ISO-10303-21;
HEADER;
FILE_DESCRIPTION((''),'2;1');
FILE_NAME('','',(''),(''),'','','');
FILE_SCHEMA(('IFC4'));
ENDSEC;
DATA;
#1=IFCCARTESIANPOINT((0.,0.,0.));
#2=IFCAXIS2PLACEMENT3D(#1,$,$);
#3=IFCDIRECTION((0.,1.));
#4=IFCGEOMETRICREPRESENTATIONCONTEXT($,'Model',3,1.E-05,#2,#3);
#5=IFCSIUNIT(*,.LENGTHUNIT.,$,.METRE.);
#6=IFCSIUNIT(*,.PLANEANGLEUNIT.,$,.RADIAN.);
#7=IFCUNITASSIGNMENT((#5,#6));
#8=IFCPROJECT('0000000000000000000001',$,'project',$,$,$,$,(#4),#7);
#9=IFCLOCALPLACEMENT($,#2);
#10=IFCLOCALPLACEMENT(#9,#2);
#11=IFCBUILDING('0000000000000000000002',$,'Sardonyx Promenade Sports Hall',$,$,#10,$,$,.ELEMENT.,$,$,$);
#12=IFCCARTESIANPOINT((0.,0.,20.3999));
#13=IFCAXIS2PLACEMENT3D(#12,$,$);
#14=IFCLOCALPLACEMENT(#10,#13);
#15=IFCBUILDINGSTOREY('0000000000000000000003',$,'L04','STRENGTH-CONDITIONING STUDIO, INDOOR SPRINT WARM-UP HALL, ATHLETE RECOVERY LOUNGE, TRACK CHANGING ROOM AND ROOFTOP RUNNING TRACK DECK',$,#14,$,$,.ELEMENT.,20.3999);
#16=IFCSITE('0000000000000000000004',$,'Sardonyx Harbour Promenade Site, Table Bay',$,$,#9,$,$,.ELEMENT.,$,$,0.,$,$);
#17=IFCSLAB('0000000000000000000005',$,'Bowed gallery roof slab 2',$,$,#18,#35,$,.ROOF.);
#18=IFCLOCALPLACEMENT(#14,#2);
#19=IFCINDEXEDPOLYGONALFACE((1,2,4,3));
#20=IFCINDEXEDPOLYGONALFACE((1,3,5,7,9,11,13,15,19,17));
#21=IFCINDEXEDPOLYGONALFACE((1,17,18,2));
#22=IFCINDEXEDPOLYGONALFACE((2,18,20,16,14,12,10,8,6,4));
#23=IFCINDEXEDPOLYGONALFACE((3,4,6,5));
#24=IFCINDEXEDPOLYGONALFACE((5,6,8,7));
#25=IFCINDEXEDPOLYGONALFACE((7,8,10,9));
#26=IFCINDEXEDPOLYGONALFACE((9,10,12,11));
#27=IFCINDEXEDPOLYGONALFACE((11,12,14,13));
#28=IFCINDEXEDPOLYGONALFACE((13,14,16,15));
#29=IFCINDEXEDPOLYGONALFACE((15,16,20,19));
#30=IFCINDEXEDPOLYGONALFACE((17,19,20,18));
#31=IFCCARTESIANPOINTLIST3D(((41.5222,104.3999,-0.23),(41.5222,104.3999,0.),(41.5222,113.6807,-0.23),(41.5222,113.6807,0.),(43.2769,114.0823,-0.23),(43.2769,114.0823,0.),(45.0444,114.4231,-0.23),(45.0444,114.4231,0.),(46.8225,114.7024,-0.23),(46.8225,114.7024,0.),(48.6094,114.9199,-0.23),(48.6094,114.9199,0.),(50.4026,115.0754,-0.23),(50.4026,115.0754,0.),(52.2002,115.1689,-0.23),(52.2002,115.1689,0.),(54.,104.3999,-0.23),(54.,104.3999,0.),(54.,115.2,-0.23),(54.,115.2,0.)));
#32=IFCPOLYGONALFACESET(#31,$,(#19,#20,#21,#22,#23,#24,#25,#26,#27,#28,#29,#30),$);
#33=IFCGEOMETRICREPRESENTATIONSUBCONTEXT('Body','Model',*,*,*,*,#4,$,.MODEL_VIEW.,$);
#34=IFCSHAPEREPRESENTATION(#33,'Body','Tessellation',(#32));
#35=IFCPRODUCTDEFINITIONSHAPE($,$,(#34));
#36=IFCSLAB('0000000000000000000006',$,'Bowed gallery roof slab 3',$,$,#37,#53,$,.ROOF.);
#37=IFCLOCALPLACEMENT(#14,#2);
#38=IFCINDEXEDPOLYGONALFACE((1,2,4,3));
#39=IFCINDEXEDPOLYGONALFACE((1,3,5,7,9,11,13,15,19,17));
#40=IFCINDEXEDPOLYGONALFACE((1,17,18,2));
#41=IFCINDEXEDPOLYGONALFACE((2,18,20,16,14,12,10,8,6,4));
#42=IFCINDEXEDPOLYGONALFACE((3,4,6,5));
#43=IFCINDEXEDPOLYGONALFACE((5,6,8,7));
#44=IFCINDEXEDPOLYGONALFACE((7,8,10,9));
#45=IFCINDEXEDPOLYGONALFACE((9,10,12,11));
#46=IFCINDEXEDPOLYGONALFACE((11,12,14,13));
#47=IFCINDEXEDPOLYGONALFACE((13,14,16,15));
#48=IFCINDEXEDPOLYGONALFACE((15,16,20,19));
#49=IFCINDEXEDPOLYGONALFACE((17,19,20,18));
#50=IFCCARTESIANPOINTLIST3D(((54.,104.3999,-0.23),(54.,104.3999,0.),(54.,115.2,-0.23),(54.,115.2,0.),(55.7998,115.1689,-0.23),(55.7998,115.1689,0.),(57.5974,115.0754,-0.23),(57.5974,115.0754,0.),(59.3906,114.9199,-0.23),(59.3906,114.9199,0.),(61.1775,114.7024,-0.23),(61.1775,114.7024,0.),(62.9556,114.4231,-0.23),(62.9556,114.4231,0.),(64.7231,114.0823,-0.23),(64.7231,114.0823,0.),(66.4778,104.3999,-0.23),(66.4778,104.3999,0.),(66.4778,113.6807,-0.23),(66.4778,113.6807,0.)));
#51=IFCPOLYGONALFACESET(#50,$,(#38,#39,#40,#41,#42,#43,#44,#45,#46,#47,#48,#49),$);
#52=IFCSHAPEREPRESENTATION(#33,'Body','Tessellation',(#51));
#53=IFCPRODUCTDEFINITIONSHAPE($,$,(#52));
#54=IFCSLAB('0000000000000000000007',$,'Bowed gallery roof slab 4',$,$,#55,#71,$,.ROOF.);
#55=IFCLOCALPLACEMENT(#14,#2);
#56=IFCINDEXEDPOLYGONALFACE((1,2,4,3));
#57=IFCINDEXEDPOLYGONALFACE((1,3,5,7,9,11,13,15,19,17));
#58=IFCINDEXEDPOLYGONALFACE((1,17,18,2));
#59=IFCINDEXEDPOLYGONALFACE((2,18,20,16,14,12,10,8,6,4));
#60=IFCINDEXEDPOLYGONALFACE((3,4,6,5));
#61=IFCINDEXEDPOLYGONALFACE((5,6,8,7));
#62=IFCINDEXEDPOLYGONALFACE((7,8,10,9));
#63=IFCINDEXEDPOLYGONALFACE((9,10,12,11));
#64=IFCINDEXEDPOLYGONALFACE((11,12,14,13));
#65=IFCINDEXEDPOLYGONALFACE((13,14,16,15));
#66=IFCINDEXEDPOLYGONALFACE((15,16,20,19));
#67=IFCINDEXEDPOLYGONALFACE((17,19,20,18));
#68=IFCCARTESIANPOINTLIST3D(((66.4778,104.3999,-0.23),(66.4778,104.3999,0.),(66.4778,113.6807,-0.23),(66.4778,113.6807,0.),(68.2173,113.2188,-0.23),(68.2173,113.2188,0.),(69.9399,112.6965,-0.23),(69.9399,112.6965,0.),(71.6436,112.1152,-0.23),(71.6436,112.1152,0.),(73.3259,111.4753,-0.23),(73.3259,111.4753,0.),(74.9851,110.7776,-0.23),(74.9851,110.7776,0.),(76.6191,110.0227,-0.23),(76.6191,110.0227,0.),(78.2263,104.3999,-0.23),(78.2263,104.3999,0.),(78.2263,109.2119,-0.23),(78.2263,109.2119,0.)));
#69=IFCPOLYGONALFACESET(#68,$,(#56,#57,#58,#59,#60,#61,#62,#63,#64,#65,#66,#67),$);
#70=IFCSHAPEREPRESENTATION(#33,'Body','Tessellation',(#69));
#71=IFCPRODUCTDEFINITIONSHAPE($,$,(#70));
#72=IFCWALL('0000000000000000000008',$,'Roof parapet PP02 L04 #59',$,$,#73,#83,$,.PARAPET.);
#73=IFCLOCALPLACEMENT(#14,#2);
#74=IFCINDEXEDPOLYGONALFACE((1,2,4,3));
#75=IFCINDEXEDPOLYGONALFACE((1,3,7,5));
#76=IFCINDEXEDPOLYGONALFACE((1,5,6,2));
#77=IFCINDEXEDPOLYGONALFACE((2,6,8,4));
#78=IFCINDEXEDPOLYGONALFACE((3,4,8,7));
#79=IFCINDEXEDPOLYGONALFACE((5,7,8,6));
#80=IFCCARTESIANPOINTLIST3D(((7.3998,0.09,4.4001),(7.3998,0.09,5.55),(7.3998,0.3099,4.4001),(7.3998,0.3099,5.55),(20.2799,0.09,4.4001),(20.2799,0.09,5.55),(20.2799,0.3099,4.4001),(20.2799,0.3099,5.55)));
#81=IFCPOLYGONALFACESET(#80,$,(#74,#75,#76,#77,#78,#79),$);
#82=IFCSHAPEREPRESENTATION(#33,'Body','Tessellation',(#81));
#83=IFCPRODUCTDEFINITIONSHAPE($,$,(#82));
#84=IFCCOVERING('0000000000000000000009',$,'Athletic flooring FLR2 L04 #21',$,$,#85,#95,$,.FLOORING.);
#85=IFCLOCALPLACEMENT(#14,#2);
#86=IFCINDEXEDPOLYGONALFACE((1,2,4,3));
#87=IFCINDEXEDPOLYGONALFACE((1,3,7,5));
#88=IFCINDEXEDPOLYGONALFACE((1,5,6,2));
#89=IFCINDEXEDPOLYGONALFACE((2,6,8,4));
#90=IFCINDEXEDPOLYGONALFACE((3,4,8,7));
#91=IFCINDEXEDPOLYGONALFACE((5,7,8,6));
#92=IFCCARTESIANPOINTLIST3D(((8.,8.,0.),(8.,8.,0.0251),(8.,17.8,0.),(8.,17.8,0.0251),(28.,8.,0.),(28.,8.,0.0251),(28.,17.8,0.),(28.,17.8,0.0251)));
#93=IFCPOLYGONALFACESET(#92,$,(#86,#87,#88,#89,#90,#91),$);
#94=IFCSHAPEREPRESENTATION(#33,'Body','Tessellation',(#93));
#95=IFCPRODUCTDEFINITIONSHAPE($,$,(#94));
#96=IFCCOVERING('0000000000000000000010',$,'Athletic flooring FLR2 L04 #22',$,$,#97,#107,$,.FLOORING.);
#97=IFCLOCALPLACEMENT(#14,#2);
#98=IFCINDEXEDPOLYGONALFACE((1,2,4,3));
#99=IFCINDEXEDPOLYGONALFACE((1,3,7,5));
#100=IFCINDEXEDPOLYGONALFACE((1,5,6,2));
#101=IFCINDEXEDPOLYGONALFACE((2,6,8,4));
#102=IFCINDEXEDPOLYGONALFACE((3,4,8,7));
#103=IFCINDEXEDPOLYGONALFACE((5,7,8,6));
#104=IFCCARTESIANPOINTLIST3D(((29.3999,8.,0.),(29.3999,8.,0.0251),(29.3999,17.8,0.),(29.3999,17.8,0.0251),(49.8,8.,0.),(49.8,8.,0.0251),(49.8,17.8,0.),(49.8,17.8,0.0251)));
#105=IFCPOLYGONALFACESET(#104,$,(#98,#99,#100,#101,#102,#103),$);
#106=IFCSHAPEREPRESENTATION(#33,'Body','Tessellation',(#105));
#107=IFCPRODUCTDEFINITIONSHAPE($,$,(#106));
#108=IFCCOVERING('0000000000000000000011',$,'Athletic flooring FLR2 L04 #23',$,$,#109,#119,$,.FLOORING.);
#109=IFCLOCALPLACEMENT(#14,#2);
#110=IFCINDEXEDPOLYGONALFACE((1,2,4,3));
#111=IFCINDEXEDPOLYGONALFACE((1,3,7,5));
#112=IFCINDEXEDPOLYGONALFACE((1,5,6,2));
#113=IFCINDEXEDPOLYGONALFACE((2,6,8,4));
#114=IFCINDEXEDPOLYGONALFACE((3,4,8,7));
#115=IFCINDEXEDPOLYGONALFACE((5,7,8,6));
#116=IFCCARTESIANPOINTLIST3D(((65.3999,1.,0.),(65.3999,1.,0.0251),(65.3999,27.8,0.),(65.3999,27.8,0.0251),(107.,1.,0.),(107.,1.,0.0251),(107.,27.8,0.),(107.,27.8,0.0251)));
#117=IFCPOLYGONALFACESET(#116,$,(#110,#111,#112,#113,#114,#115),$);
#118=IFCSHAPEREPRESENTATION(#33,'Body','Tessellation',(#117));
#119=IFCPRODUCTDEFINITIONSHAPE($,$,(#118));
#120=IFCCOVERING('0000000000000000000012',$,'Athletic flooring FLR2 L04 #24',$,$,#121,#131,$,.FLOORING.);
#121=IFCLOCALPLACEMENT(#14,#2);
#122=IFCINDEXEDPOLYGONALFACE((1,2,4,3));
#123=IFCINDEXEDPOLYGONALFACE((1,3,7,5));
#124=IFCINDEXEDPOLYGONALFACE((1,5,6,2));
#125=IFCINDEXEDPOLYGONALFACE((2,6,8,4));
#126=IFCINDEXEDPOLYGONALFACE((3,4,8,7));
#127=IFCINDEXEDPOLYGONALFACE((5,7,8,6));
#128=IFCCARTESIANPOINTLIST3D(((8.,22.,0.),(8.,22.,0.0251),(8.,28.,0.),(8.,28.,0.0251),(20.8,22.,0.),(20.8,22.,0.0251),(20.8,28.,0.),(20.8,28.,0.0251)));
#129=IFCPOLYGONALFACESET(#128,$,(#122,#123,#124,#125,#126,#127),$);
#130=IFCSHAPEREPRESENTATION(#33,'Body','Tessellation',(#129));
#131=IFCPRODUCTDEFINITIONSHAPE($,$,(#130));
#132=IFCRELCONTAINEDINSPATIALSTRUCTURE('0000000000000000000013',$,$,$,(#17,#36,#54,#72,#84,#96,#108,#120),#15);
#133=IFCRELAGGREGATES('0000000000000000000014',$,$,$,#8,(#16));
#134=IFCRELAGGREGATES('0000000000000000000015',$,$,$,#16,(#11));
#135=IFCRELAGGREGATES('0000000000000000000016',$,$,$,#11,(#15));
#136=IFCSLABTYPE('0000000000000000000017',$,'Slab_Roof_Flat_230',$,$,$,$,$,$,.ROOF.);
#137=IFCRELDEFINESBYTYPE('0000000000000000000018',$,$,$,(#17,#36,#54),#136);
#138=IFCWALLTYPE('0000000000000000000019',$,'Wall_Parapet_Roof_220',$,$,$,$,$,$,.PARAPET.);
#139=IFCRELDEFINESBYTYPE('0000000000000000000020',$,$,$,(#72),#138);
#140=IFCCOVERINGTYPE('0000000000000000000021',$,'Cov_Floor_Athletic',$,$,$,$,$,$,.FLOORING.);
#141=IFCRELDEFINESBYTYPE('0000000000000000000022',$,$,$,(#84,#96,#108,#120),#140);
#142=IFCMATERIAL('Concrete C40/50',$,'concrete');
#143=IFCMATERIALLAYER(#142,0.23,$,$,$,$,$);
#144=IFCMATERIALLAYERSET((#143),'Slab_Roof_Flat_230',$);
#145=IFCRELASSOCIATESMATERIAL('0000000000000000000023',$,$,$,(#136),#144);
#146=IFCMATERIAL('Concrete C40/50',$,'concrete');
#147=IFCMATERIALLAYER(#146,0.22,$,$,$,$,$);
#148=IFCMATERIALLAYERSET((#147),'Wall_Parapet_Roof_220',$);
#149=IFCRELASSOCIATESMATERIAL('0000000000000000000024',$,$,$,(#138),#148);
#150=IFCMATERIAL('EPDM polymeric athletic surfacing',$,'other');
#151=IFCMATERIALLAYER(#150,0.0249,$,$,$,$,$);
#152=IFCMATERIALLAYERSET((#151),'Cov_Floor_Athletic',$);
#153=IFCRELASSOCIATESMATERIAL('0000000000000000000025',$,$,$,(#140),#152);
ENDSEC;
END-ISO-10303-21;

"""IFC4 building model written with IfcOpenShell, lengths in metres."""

from ifc_helpers import new_model, si_unit, direction, frame, frame_2d, origin, place, context, subcontext, project, spatial, polyline, rectangle, outline, extrude, material, layer, layer_set, type_object, element, save


model = new_model("IFC4")

# Units and contexts
model_context = context("Model", 3, precision=1e-05, world=origin(), true_north=direction((0.0, 1.0)))
body_context = subcontext(model_context, "Body", "Model", "MODEL_VIEW")
ifc_project = project(units=[si_unit("LENGTHUNIT", "METRE"), si_unit("PLANEANGLEUNIT", "RADIAN")], contexts=[model_context])

# Site, building, storey
site_placement = place(None, origin())
site = spatial("IfcSite", under=ifc_project, at=site_placement, Name="Sardonyx Harbour Promenade Site, Table Bay", CompositionType="ELEMENT", RefElevation=0.0)
building_placement = place(site_placement, origin())
building = spatial("IfcBuilding", under=site, at=building_placement, Name="Sardonyx Promenade Sports Hall", CompositionType="ELEMENT")
storey_placement = place(building_placement, frame((0.0, 0.0, 20.3999)))
storey = spatial("IfcBuildingStorey", under=building, at=storey_placement, Name="L04", Description="STRENGTH-CONDITIONING STUDIO, INDOOR SPRINT WARM-UP HALL, ATHLETE RECOVERY LOUNGE, TRACK CHANGING ROOM AND ROOFTOP RUNNING TRACK DECK", CompositionType="ELEMENT", Elevation=20.3999)

# Shared definitions
ifc_material_1 = material(Name="Concrete C40/50", Category="concrete")
ifc_layer_1 = layer(ifc_material_1, 0.23)
ifc_layer_set_1 = layer_set([ifc_layer_1], Name="Slab_Roof_Flat_230")
slab_type = type_object("IfcSlabType", Name="Slab_Roof_Flat_230", PredefinedType="ROOF", material=ifc_layer_set_1)

# Slabs
slab_1_placement = place(storey_placement, frame((0.0, 0.0, -0.23)))
element("IfcSlab", 1, at=slab_1_placement, inside=storey, type_object=slab_type, Name="Bowed gallery roof slab 2", PredefinedType="ROOF", context=body_context, shape_type="SweptSolid", body=[
    extrude(outline(polyline([(41.5222, 104.3999), (54.0, 104.3999), (54.0, 115.2), (52.2002, 115.1689), (50.4026, 115.0754), (48.6094, 114.9199), (46.8225, 114.7024), (45.0444, 114.4231), (43.2769, 114.0823), (41.5222, 113.6807), (41.5222, 104.3999)])), origin(), (0.0, 0.0, 1.0), 0.23),
])
slab_2_placement = place(storey_placement, frame((0.0, 0.0, -0.23)))
element("IfcSlab", 2, at=slab_2_placement, inside=storey, type_object=slab_type, Name="Bowed gallery roof slab 3", PredefinedType="ROOF", context=body_context, shape_type="SweptSolid", body=[
    extrude(outline(polyline([(54.0, 104.3999), (66.4778, 104.3999), (66.4778, 113.6807), (64.7231, 114.0823), (62.9556, 114.4231), (61.1775, 114.7024), (59.3906, 114.9199), (57.5974, 115.0754), (55.7998, 115.1689), (54.0, 115.2), (54.0, 104.3999)])), origin(), (0.0, 0.0, 1.0), 0.23),
])
slab_3_placement = place(storey_placement, frame((0.0, 0.0, -0.23)))
element("IfcSlab", 3, at=slab_3_placement, inside=storey, type_object=slab_type, Name="Bowed gallery roof slab 4", PredefinedType="ROOF", context=body_context, shape_type="SweptSolid", body=[
    extrude(outline(polyline([(66.4778, 104.3999), (78.2263, 104.3999), (78.2263, 109.2119), (76.6191, 110.0227), (74.9851, 110.7776), (73.3259, 111.4753), (71.6436, 112.1152), (69.9399, 112.6965), (68.2173, 113.2188), (66.4778, 113.6807), (66.4778, 104.3999)])), origin(), (0.0, 0.0, 1.0), 0.23),
])

# Wall
ifc_material_2 = material(Name="Concrete C40/50", Category="concrete")
ifc_layer_2 = layer(ifc_material_2, 0.22)
ifc_layer_set_2 = layer_set([ifc_layer_2], Name="Wall_Parapet_Roof_220")
wall_type = type_object("IfcWallType", Name="Wall_Parapet_Roof_220", PredefinedType="PARAPET", material=ifc_layer_set_2)
wall_placement = place(storey_placement, frame((7.3999, 0.2, 4.4001), z_axis=(0.0, 0.0, 1.0), x_axis=(1.0, 0.0, 0.0)))
element("IfcWall", 4, at=wall_placement, inside=storey, type_object=wall_type, Name="Roof parapet PP02 L04 #59", PredefinedType="PARAPET", context=body_context, shape_type="SweptSolid", body=[
    extrude(rectangle(XDim=12.8801, YDim=0.22, at=frame_2d((6.4399, 0.0))), origin(), (0.0, 0.0, 1.0), 1.1499),
])

# Coverings
ifc_material_3 = material(Name="EPDM polymeric athletic surfacing", Category="other")
ifc_layer_3 = layer(ifc_material_3, 0.0249)
ifc_layer_set_3 = layer_set([ifc_layer_3], Name="Cov_Floor_Athletic")
covering_type = type_object("IfcCoveringType", Name="Cov_Floor_Athletic", PredefinedType="FLOORING", material=ifc_layer_set_3)
covering_1_placement = place(storey_placement, origin())
element("IfcCovering", 5, at=covering_1_placement, inside=storey, type_object=covering_type, Name="Athletic flooring FLR2 L04 #21", PredefinedType="FLOORING", context=body_context, shape_type="SweptSolid", body=[
    extrude(outline(polyline([(8.0, 8.0), (28.0, 8.0), (28.0, 17.8), (8.0, 17.8), (8.0, 8.0)])), origin(), (0.0, 0.0, 1.0), 0.0251),
])
covering_2_placement = place(storey_placement, origin())
element("IfcCovering", 6, at=covering_2_placement, inside=storey, type_object=covering_type, Name="Athletic flooring FLR2 L04 #22", PredefinedType="FLOORING", context=body_context, shape_type="SweptSolid", body=[
    extrude(outline(polyline([(29.3999, 8.0), (49.8, 8.0), (49.8, 17.8), (29.3999, 17.8), (29.3999, 8.0)])), origin(), (0.0, 0.0, 1.0), 0.0251),
])
covering_3_placement = place(storey_placement, origin())
element("IfcCovering", 7, at=covering_3_placement, inside=storey, type_object=covering_type, Name="Athletic flooring FLR2 L04 #23", PredefinedType="FLOORING", context=body_context, shape_type="SweptSolid", body=[
    extrude(outline(polyline([(65.3999, 1.0), (107.0, 1.0), (107.0, 27.8), (65.3999, 27.8), (65.3999, 1.0)])), origin(), (0.0, 0.0, 1.0), 0.0251),
])
covering_4_placement = place(storey_placement, origin())
element("IfcCovering", 8, at=covering_4_placement, inside=storey, type_object=covering_type, Name="Athletic flooring FLR2 L04 #24", PredefinedType="FLOORING", context=body_context, shape_type="SweptSolid", body=[
    extrude(outline(polyline([(8.0, 22.0), (20.8, 22.0), (20.8, 28.0), (8.0, 28.0), (8.0, 22.0)])), origin(), (0.0, 0.0, 1.0), 0.0251),
])

save(model, "model.ifc")
